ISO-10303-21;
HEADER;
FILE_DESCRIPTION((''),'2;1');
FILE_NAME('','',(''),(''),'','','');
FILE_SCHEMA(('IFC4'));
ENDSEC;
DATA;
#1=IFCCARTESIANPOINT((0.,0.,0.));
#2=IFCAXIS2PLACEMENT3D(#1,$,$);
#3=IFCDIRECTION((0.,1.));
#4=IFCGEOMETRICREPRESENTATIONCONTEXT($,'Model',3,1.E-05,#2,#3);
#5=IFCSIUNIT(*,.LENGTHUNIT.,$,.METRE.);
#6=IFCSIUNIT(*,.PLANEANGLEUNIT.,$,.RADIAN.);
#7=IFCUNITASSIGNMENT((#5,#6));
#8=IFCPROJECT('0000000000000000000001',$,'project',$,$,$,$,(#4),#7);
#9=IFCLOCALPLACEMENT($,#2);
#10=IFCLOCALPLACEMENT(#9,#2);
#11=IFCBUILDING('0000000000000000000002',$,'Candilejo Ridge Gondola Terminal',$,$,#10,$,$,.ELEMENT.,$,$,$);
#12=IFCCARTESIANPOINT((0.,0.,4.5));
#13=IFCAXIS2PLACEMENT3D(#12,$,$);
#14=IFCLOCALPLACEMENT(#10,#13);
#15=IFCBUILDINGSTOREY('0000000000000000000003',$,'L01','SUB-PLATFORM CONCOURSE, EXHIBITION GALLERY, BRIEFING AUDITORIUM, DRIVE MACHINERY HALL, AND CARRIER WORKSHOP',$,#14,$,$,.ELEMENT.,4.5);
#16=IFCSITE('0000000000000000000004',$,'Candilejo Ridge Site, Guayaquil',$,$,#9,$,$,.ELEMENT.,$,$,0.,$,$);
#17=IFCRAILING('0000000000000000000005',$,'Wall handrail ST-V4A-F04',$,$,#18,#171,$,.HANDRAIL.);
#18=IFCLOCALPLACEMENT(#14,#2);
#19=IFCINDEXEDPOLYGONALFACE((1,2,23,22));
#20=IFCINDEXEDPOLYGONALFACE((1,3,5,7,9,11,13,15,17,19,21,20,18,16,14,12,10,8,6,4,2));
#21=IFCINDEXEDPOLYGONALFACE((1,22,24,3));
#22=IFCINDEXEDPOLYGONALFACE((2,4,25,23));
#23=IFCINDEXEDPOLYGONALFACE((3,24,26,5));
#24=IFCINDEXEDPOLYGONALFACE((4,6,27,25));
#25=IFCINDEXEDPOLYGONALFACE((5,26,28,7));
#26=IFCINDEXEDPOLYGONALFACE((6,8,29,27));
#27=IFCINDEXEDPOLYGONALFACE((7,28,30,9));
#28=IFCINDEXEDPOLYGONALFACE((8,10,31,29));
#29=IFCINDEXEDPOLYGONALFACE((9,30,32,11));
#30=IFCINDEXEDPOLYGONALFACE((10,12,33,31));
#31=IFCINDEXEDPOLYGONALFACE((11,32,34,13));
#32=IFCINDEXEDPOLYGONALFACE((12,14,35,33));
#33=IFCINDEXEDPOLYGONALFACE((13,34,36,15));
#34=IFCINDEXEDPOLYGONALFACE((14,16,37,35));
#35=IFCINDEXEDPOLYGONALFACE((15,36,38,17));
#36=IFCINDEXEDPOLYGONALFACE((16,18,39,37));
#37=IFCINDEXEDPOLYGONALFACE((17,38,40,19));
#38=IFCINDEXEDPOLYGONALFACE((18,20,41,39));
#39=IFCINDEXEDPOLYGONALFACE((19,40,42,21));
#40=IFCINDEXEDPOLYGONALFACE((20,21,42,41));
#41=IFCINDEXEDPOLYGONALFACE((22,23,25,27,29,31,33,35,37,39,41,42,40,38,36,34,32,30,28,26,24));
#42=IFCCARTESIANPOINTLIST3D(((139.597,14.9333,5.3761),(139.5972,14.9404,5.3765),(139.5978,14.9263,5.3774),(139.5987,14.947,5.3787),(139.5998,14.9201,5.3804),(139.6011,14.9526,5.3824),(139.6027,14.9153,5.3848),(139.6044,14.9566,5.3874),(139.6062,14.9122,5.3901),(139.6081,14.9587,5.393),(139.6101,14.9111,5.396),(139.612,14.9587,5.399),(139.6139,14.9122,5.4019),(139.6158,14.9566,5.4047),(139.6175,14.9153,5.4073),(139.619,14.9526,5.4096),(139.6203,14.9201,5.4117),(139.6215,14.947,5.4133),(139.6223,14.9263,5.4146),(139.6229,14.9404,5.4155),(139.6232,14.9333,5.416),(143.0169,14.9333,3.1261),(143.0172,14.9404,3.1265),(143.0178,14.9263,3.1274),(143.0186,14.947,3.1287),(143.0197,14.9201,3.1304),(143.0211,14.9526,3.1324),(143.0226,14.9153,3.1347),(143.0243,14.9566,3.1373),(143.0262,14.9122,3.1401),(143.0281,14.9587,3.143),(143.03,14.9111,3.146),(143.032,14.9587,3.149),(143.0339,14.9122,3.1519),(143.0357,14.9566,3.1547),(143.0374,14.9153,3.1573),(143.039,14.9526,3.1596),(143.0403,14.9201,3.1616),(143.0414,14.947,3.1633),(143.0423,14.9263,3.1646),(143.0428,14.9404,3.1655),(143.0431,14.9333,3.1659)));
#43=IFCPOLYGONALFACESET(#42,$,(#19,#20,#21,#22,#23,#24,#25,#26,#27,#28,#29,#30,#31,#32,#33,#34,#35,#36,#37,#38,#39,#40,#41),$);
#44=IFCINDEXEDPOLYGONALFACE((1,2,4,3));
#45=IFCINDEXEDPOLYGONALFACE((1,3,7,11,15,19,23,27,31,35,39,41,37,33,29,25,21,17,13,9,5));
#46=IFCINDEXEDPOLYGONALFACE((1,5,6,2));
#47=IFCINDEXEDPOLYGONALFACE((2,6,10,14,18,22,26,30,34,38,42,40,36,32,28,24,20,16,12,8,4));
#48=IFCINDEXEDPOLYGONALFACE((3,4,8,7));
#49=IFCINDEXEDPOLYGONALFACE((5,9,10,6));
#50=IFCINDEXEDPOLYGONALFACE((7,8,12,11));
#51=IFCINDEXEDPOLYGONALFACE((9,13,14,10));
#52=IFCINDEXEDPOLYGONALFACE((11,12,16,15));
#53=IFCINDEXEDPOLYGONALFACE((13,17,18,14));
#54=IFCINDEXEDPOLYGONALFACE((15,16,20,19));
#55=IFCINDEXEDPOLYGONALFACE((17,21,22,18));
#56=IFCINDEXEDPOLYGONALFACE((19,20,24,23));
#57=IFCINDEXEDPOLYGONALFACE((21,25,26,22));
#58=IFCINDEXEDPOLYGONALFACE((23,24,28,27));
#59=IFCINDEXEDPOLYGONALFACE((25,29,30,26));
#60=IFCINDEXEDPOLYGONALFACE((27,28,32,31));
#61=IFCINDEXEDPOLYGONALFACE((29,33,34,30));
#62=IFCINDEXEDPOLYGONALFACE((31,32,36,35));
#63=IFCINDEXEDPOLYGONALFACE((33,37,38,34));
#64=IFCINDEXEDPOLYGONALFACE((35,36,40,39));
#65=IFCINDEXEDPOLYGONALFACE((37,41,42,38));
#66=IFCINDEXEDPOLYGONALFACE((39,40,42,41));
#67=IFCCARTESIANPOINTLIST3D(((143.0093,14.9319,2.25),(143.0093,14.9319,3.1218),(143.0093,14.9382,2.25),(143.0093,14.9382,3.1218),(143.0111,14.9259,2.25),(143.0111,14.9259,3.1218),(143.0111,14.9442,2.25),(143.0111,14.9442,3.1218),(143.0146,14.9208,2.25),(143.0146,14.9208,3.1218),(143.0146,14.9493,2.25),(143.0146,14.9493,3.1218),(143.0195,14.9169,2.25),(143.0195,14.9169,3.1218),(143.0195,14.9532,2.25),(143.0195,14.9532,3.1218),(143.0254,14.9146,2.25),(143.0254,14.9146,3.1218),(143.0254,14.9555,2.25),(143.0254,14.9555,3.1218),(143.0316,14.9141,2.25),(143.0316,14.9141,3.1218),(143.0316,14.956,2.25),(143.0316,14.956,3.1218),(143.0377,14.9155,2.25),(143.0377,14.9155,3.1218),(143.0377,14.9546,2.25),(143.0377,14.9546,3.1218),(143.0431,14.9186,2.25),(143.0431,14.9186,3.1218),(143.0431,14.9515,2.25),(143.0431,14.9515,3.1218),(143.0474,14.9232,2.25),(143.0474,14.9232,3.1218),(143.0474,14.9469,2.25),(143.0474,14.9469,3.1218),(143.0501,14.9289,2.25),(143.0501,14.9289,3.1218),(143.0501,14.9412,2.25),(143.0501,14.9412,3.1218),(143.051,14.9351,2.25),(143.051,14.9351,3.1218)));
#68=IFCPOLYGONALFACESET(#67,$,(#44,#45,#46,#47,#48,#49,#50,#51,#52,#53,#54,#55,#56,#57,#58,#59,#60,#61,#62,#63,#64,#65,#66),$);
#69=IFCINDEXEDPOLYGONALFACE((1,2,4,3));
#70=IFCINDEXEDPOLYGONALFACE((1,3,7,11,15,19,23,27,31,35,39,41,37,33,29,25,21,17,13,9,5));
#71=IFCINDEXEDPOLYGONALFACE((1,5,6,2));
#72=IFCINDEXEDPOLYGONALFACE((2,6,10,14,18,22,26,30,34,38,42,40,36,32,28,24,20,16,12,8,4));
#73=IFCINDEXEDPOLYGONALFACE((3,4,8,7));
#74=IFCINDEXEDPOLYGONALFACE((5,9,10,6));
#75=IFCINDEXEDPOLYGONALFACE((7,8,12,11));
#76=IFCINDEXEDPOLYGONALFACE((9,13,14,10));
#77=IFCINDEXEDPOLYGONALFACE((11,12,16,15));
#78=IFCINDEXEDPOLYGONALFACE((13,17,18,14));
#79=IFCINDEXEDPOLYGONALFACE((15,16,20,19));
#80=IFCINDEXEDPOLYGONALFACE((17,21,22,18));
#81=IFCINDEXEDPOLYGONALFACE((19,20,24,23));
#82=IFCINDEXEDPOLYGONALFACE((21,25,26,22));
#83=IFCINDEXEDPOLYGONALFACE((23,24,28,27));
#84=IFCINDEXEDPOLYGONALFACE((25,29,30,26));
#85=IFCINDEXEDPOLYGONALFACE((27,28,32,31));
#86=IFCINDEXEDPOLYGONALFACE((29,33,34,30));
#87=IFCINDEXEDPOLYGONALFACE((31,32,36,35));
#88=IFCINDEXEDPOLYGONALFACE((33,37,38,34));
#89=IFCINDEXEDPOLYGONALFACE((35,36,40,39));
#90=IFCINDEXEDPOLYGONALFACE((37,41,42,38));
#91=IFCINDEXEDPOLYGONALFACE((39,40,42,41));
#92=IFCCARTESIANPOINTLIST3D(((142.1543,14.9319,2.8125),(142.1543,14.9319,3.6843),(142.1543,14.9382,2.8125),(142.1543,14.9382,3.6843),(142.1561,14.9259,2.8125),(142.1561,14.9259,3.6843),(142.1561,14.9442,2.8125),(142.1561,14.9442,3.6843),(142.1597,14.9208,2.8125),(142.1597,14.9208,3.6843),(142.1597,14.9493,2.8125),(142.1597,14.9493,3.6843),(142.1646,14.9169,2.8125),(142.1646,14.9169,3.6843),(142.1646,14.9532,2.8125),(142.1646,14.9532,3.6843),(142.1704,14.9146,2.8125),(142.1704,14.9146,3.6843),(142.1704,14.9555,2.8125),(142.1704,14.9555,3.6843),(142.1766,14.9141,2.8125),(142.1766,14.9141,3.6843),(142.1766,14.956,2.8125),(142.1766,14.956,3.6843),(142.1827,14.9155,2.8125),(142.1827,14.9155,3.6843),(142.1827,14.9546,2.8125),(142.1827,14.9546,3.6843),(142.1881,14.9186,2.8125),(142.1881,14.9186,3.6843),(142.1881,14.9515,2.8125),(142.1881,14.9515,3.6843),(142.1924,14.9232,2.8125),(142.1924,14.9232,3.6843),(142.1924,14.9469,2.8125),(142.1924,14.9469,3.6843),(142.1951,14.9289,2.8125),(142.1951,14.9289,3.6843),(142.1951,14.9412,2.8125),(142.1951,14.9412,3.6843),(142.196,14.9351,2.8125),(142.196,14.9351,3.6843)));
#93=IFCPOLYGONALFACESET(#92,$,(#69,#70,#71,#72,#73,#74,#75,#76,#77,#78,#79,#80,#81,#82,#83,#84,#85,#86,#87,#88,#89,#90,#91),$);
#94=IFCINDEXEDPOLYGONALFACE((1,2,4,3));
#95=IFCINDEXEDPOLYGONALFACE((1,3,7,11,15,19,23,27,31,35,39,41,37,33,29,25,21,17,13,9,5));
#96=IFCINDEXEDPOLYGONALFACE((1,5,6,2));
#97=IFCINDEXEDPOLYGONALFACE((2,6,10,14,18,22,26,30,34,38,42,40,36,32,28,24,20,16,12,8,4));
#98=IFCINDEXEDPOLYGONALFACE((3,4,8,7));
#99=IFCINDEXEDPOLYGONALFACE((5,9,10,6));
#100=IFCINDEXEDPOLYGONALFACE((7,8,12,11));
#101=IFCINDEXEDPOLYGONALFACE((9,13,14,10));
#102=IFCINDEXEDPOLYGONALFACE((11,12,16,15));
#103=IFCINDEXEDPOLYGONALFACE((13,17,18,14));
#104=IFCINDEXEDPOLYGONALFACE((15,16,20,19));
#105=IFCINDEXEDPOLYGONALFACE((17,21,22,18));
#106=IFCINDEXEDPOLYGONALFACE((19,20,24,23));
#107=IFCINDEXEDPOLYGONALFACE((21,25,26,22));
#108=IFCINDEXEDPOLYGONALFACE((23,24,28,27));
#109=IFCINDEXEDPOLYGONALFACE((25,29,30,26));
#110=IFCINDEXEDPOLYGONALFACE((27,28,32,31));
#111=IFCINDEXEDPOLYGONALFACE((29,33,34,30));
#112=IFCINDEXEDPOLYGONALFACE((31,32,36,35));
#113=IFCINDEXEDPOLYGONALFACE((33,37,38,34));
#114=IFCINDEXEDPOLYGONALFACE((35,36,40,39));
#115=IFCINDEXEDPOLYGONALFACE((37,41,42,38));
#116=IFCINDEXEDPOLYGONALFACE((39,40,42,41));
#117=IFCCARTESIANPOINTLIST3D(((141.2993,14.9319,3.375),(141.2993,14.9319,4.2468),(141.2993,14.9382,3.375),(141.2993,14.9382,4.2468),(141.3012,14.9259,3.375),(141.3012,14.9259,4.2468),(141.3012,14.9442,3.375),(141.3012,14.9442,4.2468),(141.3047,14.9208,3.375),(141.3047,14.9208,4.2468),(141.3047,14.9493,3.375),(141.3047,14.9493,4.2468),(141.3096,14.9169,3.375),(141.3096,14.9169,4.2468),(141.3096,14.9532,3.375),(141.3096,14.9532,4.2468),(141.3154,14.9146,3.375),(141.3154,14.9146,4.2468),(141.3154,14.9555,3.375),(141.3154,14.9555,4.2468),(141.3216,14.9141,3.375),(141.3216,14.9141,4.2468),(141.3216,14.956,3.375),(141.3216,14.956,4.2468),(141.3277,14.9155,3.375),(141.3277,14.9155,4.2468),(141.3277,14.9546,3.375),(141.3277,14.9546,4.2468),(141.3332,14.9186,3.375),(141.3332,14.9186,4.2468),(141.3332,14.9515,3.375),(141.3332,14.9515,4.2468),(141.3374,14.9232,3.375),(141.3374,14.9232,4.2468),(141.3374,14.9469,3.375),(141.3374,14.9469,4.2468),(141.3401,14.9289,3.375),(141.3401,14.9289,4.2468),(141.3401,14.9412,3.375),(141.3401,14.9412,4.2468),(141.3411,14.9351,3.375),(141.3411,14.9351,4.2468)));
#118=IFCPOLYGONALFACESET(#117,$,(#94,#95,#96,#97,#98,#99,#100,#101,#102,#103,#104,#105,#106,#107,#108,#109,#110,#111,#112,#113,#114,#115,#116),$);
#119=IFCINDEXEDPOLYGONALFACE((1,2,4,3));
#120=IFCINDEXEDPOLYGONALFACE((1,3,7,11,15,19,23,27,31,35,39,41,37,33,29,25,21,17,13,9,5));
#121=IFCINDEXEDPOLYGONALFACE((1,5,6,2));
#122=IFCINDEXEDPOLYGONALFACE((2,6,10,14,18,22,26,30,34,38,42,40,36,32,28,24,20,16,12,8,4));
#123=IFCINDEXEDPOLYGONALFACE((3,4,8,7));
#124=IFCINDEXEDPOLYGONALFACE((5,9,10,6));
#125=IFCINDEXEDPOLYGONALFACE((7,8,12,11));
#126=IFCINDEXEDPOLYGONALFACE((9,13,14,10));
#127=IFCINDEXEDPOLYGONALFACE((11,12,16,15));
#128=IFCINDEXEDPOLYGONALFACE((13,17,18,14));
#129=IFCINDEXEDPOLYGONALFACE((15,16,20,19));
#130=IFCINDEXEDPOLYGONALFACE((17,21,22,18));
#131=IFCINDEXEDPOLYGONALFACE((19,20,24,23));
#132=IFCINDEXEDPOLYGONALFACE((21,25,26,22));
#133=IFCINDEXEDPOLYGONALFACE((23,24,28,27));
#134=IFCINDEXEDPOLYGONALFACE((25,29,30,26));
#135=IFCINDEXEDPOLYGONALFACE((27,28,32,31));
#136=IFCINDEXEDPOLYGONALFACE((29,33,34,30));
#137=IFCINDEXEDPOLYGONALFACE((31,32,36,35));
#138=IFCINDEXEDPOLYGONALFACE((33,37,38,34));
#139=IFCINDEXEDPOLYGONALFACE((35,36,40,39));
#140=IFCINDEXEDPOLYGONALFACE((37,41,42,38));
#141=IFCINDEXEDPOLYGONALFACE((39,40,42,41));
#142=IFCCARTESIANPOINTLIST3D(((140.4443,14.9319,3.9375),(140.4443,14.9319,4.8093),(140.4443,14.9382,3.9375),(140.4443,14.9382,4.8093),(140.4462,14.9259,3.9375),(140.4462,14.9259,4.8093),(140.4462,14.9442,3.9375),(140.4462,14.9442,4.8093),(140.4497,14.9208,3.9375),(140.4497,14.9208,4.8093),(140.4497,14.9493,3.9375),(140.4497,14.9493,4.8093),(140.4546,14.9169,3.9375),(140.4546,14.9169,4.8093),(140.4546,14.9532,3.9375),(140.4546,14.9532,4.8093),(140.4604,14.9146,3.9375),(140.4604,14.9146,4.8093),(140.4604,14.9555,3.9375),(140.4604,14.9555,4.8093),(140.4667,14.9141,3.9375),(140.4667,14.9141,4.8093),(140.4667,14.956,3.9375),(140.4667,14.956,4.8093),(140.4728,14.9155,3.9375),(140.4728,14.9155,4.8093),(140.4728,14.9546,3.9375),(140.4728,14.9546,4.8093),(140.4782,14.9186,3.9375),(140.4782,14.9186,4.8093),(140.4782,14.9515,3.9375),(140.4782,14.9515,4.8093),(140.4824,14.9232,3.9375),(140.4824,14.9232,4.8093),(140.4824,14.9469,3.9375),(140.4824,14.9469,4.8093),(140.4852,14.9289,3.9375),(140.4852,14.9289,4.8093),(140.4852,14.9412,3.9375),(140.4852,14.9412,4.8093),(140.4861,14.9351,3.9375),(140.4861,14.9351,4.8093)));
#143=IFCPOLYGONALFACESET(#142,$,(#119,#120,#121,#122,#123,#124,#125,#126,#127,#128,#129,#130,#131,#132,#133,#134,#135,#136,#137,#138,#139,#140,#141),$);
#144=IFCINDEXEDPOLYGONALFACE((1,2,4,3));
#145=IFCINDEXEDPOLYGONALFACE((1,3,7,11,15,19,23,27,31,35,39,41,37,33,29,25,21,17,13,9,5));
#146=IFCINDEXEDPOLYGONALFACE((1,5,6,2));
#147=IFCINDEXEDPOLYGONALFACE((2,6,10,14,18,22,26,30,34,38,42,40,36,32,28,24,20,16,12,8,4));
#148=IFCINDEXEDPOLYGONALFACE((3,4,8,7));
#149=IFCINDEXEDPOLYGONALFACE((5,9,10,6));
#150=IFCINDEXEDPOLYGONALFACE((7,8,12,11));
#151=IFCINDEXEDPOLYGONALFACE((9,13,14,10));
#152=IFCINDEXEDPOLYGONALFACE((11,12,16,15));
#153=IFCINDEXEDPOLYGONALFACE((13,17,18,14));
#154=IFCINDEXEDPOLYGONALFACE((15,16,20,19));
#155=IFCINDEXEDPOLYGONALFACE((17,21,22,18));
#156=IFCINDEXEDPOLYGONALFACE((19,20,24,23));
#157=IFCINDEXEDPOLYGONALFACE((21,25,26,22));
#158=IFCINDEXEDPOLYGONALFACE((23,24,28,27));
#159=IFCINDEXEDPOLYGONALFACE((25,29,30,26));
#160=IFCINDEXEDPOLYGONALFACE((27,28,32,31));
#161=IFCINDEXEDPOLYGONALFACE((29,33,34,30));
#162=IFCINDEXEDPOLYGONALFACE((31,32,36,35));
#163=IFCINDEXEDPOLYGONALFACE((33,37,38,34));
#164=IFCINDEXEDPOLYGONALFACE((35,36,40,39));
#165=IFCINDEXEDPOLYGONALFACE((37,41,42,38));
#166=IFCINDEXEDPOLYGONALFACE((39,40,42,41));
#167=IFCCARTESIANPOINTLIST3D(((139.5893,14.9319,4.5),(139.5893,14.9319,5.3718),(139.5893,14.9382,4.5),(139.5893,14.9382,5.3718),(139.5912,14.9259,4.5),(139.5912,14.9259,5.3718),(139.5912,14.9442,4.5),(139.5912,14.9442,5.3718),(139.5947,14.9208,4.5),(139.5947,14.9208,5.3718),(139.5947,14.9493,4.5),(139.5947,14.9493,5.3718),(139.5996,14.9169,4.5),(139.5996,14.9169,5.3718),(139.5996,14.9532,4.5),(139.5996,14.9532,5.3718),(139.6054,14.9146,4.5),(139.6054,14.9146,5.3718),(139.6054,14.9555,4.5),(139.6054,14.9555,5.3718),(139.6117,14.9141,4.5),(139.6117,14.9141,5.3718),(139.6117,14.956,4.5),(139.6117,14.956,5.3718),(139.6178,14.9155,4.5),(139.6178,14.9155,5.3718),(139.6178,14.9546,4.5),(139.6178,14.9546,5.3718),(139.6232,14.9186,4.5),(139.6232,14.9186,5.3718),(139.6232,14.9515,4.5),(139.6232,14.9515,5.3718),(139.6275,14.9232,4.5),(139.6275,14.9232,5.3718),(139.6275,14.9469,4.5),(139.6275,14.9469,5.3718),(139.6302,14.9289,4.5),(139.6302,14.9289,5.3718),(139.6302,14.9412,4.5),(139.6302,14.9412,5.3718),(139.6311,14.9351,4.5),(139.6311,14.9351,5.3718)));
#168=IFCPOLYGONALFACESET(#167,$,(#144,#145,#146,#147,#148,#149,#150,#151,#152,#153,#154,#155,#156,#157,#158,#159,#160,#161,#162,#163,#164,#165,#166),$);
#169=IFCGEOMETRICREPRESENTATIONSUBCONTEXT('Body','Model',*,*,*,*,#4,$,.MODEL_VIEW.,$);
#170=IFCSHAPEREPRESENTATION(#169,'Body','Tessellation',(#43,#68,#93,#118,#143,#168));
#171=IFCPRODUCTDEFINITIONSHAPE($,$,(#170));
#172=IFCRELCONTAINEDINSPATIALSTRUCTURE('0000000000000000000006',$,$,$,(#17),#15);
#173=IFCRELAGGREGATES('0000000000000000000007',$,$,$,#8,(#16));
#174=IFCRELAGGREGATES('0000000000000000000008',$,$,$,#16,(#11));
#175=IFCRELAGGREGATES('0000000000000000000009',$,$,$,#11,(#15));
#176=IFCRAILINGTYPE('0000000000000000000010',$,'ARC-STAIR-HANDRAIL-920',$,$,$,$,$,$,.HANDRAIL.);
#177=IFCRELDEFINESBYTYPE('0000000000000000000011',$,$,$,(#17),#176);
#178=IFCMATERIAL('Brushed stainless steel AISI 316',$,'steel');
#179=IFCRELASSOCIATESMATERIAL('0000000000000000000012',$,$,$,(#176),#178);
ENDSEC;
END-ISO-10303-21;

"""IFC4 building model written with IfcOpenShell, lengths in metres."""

from ifc_helpers import new_model, si_unit, direction, frame, origin, origin_2d, place, context, subcontext, project, spatial, circle, extrude, material, type_object, element, save


model = new_model("IFC4")

# Units and contexts
model_context = context("Model", 3, precision=1e-05, world=origin(), true_north=direction((0.0, 1.0)))
body_context = subcontext(model_context, "Body", "Model", "MODEL_VIEW")
ifc_project = project(units=[si_unit("LENGTHUNIT", "METRE"), si_unit("PLANEANGLEUNIT", "RADIAN")], contexts=[model_context])

# Site, building, storey
site_placement = place(None, origin())
site = spatial("IfcSite", under=ifc_project, at=site_placement, Name="Candilejo Ridge Site, Guayaquil", CompositionType="ELEMENT", RefElevation=0.0)
building_placement = place(site_placement, origin())
building = spatial("IfcBuilding", under=site, at=building_placement, Name="Candilejo Ridge Gondola Terminal", CompositionType="ELEMENT")
storey_placement = place(building_placement, frame((0.0, 0.0, 4.5)))
storey = spatial("IfcBuildingStorey", under=building, at=storey_placement, Name="L01", Description="SUB-PLATFORM CONCOURSE, EXHIBITION GALLERY, BRIEFING AUDITORIUM, DRIVE MACHINERY HALL, AND CARRIER WORKSHOP", CompositionType="ELEMENT", Elevation=4.5)

# Railing
ifc_material_1 = material(Name="Brushed stainless steel AISI 316", Category="steel")
railing_type_1 = type_object("IfcRailingType", Name="ARC-STAIR-HANDRAIL-920", PredefinedType="HANDRAIL", material=ifc_material_1)
railing_1_placement = place(storey_placement, frame((143.03, 14.9351, 2.25)))
element("IfcRailing", 1, at=railing_1_placement, inside=storey, type_object=railing_type_1, Name="Wall handrail ST-V4A-F04", PredefinedType="HANDRAIL", context=body_context, shape_type="SweptSolid", body=[
    extrude(circle(Radius=0.0239, at=origin_2d()), frame((0.0, 0.0, 0.896), z_axis=(-0.835411, 0.0, 0.549625), x_axis=(0.0, -1.0, 0.0)), (0.0, 0.0, 1.0), 4.0938),
    extrude(circle(Radius=0.021, at=origin_2d()), origin(), (0.0, 0.0, 1.0), 0.8718),
    extrude(circle(Radius=0.021, at=origin_2d()), frame((-0.855, 0.0, 0.5625)), (0.0, 0.0, 1.0), 0.8718),
    extrude(circle(Radius=0.021, at=origin_2d()), frame((-1.71, 0.0, 1.125)), (0.0, 0.0, 1.0), 0.8718),
    extrude(circle(Radius=0.021, at=origin_2d()), frame((-2.5649, 0.0, 1.6875)), (0.0, 0.0, 1.0), 0.8718),
    extrude(circle(Radius=0.021, at=origin_2d()), frame((-3.4199, 0.0, 2.25)), (0.0, 0.0, 1.0), 0.8718),
])

save(model, "model.ifc")
